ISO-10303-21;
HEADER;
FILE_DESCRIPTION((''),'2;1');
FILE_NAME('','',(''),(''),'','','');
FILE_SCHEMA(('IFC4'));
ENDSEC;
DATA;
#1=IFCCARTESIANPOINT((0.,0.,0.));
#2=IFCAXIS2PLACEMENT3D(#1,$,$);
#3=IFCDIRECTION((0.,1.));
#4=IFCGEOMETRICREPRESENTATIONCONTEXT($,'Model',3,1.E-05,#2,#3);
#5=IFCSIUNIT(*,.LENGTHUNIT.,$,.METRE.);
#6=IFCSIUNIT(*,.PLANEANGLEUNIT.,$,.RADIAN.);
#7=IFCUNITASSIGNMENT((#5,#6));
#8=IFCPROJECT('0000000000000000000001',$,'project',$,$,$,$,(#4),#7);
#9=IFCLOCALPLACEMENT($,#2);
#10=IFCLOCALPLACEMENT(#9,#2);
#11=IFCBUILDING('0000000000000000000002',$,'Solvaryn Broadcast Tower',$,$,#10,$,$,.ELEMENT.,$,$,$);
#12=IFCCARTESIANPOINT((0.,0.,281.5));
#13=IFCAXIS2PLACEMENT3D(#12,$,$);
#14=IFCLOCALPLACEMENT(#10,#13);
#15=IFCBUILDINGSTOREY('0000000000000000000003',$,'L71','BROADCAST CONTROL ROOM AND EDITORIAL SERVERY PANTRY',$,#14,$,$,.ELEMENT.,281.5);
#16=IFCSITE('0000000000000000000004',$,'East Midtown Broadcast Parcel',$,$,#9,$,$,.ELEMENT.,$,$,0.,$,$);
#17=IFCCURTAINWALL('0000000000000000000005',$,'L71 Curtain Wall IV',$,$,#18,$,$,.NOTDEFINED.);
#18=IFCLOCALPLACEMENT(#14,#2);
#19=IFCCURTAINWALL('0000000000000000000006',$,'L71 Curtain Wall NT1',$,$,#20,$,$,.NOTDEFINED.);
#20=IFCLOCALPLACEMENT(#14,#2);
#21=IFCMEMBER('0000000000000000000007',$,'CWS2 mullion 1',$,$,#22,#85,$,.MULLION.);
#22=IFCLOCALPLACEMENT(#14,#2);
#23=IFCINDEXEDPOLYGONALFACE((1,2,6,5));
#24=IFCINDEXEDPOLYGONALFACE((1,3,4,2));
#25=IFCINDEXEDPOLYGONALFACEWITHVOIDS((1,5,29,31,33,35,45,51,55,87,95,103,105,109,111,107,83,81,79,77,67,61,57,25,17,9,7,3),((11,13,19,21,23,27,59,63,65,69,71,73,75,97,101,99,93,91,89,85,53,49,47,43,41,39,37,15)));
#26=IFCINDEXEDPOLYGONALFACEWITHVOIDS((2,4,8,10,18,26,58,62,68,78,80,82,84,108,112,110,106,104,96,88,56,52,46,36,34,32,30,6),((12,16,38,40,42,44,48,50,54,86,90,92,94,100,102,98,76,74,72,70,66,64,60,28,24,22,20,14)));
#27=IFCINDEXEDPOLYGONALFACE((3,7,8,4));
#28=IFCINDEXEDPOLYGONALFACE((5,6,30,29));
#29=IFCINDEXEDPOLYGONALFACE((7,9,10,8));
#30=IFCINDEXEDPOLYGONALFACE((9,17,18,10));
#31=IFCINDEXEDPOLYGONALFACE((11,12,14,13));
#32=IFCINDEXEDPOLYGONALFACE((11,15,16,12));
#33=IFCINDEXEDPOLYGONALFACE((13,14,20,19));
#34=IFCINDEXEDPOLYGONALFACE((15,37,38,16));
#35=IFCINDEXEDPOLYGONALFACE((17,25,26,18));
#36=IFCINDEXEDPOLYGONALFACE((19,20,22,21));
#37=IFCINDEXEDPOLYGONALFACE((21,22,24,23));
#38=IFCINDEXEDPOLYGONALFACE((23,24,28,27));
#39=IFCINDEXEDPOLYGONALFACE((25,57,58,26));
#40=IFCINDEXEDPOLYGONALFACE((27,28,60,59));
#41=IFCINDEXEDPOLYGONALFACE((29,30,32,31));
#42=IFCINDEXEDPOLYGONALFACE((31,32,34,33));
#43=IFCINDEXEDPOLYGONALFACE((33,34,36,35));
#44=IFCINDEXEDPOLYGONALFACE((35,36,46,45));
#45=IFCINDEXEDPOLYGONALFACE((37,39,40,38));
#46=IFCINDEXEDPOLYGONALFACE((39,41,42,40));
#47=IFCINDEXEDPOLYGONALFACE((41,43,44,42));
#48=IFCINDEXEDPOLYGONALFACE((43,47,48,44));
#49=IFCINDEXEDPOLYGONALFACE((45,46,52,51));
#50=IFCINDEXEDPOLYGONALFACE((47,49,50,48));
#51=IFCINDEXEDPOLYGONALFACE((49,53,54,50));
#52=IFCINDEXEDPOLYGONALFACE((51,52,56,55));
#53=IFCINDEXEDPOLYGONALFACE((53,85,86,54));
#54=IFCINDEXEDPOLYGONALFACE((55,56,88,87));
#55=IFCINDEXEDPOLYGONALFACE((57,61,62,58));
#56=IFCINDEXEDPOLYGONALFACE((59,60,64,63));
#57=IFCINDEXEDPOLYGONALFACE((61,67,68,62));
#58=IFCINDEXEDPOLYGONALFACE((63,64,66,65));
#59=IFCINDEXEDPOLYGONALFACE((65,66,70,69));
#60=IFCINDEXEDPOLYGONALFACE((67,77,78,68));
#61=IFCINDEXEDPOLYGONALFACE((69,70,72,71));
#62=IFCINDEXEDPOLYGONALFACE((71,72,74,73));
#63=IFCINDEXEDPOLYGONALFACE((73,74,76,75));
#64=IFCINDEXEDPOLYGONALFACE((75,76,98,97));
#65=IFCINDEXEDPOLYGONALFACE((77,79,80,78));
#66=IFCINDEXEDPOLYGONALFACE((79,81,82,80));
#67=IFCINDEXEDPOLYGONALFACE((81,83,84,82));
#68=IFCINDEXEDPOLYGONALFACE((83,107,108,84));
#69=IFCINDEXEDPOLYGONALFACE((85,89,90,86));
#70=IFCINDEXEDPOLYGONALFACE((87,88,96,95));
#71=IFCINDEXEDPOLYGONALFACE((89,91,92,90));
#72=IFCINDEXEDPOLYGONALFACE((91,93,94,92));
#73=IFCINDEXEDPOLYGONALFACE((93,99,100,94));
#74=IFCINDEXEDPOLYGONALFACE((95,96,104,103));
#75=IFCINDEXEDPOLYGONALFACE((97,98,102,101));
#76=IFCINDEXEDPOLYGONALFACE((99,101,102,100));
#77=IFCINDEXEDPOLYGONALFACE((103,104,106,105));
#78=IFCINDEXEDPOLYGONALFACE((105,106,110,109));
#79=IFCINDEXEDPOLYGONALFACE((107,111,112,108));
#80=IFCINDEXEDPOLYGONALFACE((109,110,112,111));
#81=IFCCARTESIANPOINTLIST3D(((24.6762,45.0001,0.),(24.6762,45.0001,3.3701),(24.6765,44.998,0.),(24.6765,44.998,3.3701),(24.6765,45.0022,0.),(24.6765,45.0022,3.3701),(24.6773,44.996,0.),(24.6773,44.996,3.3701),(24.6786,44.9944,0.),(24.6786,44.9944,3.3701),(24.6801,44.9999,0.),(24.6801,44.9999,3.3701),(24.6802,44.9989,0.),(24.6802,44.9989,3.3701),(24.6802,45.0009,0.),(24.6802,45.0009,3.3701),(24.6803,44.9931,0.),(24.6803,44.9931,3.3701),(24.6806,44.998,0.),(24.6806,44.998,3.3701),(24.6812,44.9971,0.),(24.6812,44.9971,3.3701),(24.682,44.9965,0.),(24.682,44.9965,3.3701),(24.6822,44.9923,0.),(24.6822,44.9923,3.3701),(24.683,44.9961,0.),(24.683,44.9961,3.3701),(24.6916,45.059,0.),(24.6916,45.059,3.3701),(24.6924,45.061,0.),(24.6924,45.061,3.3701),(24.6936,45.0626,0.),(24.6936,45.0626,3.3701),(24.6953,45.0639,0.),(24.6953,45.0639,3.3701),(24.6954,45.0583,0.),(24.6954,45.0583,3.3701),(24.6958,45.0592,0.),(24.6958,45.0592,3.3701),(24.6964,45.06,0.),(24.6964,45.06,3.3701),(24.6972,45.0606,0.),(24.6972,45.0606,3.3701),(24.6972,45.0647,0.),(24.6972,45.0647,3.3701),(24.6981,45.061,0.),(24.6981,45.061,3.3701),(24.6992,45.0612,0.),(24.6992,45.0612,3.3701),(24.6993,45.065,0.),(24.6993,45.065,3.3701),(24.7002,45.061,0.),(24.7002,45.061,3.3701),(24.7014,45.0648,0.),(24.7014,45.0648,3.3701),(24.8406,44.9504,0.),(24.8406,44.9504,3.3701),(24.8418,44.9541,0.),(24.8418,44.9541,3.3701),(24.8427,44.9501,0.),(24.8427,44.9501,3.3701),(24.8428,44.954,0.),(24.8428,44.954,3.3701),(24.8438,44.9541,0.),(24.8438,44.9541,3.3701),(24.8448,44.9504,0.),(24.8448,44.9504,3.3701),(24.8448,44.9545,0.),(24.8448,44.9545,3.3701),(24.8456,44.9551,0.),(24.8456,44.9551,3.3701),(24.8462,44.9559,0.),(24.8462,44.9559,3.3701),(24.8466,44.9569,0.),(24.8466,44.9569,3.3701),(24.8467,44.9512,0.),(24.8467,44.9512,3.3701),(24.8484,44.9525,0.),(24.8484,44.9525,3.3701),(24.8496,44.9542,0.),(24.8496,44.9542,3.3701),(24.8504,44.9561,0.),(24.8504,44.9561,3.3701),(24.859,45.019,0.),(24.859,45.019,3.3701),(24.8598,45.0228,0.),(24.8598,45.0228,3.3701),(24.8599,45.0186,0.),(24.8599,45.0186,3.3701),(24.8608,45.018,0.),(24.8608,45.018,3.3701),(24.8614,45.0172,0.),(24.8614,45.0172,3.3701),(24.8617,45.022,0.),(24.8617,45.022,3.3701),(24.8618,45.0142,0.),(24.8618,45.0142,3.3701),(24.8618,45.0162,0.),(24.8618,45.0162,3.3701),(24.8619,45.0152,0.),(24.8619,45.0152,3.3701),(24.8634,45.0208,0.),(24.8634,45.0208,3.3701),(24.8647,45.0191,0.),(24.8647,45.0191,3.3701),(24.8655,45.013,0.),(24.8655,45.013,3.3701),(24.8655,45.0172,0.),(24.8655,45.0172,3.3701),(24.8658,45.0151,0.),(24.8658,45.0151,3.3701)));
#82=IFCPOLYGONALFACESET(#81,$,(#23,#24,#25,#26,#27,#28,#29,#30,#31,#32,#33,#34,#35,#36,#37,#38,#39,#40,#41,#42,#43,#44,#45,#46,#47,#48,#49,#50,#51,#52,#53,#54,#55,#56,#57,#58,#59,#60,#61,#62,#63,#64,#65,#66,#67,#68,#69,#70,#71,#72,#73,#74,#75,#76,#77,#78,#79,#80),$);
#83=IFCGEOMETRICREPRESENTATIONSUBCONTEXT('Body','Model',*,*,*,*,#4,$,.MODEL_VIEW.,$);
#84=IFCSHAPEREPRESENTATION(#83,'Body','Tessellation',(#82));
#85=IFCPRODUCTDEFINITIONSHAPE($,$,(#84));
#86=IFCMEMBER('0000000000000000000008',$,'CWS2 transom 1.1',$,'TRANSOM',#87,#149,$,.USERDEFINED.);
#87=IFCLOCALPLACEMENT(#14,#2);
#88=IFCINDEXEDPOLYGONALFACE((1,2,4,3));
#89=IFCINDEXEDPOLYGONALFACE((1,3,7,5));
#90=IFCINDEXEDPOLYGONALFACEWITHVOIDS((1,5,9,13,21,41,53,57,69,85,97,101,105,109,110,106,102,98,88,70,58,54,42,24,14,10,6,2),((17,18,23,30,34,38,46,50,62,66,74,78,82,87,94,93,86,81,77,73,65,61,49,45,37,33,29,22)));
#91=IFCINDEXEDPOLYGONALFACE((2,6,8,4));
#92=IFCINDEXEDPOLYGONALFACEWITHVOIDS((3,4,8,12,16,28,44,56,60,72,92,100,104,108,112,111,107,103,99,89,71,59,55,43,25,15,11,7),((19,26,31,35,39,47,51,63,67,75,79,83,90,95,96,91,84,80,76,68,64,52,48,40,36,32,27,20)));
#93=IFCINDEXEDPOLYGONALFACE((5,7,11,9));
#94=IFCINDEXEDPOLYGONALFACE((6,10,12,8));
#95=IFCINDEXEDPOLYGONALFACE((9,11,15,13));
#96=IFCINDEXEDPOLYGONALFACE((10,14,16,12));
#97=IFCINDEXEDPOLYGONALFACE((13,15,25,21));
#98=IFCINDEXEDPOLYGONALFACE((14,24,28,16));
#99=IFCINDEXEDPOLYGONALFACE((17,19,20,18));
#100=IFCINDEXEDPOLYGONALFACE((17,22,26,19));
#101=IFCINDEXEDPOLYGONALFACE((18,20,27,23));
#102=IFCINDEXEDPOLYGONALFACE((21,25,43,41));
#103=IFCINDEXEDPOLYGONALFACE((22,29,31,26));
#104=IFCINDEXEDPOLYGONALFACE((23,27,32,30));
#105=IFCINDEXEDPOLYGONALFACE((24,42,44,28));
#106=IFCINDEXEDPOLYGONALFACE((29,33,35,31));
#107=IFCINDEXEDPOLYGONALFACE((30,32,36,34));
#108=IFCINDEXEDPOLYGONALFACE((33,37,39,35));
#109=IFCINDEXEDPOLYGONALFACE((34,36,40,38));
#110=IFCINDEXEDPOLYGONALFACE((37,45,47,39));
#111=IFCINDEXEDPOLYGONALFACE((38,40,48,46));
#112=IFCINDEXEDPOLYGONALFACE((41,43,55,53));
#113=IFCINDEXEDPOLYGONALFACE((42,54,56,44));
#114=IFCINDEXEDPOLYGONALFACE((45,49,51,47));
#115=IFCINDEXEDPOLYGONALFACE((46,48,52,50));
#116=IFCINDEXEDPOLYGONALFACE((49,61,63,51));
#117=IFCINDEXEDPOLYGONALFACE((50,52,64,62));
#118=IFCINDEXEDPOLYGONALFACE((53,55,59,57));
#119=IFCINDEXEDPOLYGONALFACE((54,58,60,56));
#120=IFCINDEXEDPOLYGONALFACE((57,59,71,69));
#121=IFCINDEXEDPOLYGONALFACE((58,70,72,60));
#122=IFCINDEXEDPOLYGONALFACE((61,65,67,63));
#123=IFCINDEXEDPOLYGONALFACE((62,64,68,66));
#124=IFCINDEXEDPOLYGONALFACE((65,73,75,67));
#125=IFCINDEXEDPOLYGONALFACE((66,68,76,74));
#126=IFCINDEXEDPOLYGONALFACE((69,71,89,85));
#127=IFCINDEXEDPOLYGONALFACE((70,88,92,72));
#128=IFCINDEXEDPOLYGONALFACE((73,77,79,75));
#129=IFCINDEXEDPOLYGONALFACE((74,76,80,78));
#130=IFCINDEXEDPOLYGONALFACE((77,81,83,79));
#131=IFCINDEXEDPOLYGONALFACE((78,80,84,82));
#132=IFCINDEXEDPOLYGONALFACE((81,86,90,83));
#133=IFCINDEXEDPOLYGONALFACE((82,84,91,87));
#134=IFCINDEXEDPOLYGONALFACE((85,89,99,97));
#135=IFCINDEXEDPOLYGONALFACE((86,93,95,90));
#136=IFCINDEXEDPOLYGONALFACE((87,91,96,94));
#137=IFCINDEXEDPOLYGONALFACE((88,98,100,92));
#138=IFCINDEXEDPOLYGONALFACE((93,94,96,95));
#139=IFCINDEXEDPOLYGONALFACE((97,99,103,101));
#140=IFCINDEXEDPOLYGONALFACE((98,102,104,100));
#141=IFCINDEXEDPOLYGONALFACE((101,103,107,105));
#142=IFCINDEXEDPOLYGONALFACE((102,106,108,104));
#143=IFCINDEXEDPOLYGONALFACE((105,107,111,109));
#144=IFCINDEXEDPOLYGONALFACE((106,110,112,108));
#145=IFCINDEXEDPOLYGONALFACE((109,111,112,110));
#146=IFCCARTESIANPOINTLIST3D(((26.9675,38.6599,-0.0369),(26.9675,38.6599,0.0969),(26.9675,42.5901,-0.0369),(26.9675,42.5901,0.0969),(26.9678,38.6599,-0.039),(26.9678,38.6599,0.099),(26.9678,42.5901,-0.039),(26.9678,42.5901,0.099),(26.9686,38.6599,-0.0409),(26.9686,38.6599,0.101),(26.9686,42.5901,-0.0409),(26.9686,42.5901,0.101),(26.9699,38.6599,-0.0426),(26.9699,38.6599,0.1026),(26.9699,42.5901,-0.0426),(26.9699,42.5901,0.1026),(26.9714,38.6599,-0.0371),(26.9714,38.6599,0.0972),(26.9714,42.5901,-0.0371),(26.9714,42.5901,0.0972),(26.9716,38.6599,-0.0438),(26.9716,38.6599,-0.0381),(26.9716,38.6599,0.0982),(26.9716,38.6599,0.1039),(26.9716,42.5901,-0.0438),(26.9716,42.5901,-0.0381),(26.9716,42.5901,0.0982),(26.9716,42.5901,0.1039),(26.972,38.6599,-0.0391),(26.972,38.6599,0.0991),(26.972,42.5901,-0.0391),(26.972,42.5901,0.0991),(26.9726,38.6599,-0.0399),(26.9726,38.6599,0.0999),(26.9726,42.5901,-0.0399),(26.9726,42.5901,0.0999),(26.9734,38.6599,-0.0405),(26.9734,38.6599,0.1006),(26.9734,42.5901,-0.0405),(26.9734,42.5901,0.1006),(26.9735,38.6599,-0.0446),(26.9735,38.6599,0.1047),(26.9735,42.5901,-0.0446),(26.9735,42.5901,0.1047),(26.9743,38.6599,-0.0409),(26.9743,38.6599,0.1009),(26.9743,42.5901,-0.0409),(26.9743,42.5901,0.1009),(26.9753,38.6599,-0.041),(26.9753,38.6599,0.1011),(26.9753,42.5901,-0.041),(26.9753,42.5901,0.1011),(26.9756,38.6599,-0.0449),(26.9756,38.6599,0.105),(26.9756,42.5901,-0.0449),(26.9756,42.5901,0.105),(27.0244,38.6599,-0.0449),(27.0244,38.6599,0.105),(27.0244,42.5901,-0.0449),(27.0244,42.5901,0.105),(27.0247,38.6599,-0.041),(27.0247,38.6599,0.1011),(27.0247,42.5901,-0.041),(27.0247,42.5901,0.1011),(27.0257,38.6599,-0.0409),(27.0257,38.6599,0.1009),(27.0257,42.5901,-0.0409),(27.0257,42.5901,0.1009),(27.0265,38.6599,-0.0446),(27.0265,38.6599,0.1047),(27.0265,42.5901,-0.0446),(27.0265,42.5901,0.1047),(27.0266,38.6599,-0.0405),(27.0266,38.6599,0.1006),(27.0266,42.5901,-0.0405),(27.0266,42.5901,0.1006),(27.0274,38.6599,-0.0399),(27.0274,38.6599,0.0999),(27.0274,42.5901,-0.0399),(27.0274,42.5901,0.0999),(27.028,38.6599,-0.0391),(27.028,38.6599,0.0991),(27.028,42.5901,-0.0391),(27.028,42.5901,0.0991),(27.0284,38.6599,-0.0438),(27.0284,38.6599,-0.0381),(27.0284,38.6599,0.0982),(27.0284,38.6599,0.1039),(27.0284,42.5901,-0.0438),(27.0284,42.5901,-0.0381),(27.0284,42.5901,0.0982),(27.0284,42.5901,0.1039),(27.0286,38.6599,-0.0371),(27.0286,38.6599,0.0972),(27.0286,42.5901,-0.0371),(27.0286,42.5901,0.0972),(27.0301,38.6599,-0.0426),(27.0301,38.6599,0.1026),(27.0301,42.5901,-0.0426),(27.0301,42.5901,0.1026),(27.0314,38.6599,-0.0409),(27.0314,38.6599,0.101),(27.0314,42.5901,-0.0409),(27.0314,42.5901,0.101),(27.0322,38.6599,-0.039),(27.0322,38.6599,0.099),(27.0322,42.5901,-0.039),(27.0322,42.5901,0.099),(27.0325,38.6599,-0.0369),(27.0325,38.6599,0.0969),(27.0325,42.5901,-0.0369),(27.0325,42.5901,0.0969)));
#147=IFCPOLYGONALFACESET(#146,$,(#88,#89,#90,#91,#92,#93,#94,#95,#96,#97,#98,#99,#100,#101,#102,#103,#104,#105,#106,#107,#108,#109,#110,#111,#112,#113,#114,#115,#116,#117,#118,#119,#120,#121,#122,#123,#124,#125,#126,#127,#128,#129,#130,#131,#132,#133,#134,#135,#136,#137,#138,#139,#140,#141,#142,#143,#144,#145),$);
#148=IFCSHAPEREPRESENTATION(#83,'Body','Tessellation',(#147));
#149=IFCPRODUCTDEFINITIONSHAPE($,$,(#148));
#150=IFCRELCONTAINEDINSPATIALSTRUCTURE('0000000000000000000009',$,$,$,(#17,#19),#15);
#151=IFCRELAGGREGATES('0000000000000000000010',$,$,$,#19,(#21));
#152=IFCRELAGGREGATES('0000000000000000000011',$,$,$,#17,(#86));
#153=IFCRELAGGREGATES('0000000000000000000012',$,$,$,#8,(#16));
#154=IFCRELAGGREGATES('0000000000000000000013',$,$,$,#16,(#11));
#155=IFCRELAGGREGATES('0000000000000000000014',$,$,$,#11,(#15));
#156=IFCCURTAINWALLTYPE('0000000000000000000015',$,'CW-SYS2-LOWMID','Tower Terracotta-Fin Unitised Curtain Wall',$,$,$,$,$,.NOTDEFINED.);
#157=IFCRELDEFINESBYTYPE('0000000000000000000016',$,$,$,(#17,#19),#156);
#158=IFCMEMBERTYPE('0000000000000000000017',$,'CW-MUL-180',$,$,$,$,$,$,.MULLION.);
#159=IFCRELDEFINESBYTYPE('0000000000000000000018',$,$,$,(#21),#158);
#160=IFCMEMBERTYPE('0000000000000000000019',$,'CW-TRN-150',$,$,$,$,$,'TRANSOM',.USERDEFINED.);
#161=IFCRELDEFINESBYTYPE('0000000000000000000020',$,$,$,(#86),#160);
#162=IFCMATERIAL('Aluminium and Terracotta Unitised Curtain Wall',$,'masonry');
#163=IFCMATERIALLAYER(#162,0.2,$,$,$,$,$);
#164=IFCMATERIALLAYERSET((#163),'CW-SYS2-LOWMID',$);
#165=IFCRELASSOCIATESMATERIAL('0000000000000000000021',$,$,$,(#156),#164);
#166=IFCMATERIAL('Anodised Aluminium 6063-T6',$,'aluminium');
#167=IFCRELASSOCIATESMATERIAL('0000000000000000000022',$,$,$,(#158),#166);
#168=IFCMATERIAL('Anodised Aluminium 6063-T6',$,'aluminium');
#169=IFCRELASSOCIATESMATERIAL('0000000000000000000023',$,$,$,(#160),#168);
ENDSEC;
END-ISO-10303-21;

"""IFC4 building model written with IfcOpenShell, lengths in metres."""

from ifc_helpers import new_model, si_unit, direction, frame, origin, origin_2d, place, context, subcontext, project, spatial, hollow_rectangle, extrude, material, layer, layer_set, material_profile, profile_set, type_object, element, aggregate, save


model = new_model("IFC4")

# Units and contexts
model_context = context("Model", 3, precision=1e-05, world=origin(), true_north=direction((0.0, 1.0)))
body_context = subcontext(model_context, "Body", "Model", "MODEL_VIEW")
ifc_project = project(units=[si_unit("LENGTHUNIT", "METRE"), si_unit("PLANEANGLEUNIT", "RADIAN")], contexts=[model_context])

# Site, building, storey
site_placement = place(None, origin())
site = spatial("IfcSite", under=ifc_project, at=site_placement, Name="East Midtown Broadcast Parcel", CompositionType="ELEMENT", RefElevation=0.0)
building_placement = place(site_placement, origin())
building = spatial("IfcBuilding", under=site, at=building_placement, Name="Solvaryn Broadcast Tower", CompositionType="ELEMENT")
storey_placement = place(building_placement, frame((0.0, 0.0, 281.5)))
storey = spatial("IfcBuildingStorey", under=building, at=storey_placement, Name="L71", Description="BROADCAST CONTROL ROOM AND EDITORIAL SERVERY PANTRY", CompositionType="ELEMENT", Elevation=281.5)

# Curtain wall
ifc_material_1 = material(Name="Aluminium and Terracotta Unitised Curtain Wall", Category="masonry")
ifc_layer_1 = layer(ifc_material_1, 0.2)
ifc_layer_set_1 = layer_set([ifc_layer_1], Name="CW-SYS2-LOWMID")
curtain_wall_type = type_object("IfcCurtainWallType", Name="CW-SYS2-LOWMID", Description="Tower Terracotta-Fin Unitised Curtain Wall", PredefinedType="NOTDEFINED", material=ifc_layer_set_1)
curtain_wall_1_placement = place(storey_placement, origin())
curtain_wall_1 = element("IfcCurtainWall", 1, at=curtain_wall_1_placement, inside=storey, type_object=curtain_wall_type, Name="L71 Curtain Wall IV", PredefinedType="NOTDEFINED")
ifc_material_2 = material(Name="Anodised Aluminium 6063-T6", Category="aluminium")
ifc_material_profile_1 = material_profile(ifc_material_2, hollow_rectangle(XDim=0.075, YDim=0.1799, WallThickness=0.0039, InnerFilletRadius=0.0039, OuterFilletRadius=0.0081, at=origin_2d()))
ifc_profile_set_1 = profile_set([ifc_material_profile_1], Name="Anodised Aluminium 6063-T6")
member_type_1 = type_object("IfcMemberType", Name="CW-MUL-180", PredefinedType="MULLION", material=ifc_profile_set_1)

# Curtain wall, member
curtain_wall_2_placement = place(storey_placement, origin())
curtain_wall_2 = element("IfcCurtainWall", 2, at=curtain_wall_2_placement, inside=storey, type_object=curtain_wall_type, Name="L71 Curtain Wall NT1", PredefinedType="NOTDEFINED")
member_1_placement = place(storey_placement, frame((24.771, 45.0076, 0.0), z_axis=(0.0, 0.0, 1.0), x_axis=(-0.255893, -0.966705, 0.0)))
member_1 = element("IfcMember", 3, at=member_1_placement, type_object=member_type_1, Name="CWS2 mullion 1", PredefinedType="MULLION", context=body_context, shape_type="SweptSolid", body=[
    extrude(hollow_rectangle(XDim=0.075, YDim=0.1799, WallThickness=0.0039, InnerFilletRadius=0.0039, OuterFilletRadius=0.0081, at=origin_2d()), origin(), (0.0, 0.0, 1.0), 3.3701),
])

# Member
ifc_material_3 = material(Name="Anodised Aluminium 6063-T6", Category="aluminium")
ifc_material_profile_2 = material_profile(ifc_material_3, hollow_rectangle(XDim=0.0649, YDim=0.1499, WallThickness=0.0039, InnerFilletRadius=0.0039, OuterFilletRadius=0.0081, at=origin_2d()))
ifc_profile_set_2 = profile_set([ifc_material_profile_2], Name="Anodised Aluminium 6063-T6")
member_type_2 = type_object("IfcMemberType", Name="CW-TRN-150", ElementType="TRANSOM", PredefinedType="USERDEFINED", material=ifc_profile_set_2)
member_2_placement = place(storey_placement, frame((27.0, 42.5901, 0.03), z_axis=(0.0, -1.0, 0.0), x_axis=(1.0, 0.0, 0.0)))
member_2 = element("IfcMember", 4, at=member_2_placement, type_object=member_type_2, Name="CWS2 transom 1.1", ObjectType="TRANSOM", PredefinedType="USERDEFINED", context=body_context, shape_type="SweptSolid", body=[
    extrude(hollow_rectangle(XDim=0.0649, YDim=0.1499, WallThickness=0.0039, InnerFilletRadius=0.0039, OuterFilletRadius=0.0081, at=origin_2d()), origin(), (0.0, 0.0, 1.0), 3.9302),
])
aggregate(curtain_wall_2, [member_1])

aggregate(curtain_wall_1, [member_2])

save(model, "model.ifc")
